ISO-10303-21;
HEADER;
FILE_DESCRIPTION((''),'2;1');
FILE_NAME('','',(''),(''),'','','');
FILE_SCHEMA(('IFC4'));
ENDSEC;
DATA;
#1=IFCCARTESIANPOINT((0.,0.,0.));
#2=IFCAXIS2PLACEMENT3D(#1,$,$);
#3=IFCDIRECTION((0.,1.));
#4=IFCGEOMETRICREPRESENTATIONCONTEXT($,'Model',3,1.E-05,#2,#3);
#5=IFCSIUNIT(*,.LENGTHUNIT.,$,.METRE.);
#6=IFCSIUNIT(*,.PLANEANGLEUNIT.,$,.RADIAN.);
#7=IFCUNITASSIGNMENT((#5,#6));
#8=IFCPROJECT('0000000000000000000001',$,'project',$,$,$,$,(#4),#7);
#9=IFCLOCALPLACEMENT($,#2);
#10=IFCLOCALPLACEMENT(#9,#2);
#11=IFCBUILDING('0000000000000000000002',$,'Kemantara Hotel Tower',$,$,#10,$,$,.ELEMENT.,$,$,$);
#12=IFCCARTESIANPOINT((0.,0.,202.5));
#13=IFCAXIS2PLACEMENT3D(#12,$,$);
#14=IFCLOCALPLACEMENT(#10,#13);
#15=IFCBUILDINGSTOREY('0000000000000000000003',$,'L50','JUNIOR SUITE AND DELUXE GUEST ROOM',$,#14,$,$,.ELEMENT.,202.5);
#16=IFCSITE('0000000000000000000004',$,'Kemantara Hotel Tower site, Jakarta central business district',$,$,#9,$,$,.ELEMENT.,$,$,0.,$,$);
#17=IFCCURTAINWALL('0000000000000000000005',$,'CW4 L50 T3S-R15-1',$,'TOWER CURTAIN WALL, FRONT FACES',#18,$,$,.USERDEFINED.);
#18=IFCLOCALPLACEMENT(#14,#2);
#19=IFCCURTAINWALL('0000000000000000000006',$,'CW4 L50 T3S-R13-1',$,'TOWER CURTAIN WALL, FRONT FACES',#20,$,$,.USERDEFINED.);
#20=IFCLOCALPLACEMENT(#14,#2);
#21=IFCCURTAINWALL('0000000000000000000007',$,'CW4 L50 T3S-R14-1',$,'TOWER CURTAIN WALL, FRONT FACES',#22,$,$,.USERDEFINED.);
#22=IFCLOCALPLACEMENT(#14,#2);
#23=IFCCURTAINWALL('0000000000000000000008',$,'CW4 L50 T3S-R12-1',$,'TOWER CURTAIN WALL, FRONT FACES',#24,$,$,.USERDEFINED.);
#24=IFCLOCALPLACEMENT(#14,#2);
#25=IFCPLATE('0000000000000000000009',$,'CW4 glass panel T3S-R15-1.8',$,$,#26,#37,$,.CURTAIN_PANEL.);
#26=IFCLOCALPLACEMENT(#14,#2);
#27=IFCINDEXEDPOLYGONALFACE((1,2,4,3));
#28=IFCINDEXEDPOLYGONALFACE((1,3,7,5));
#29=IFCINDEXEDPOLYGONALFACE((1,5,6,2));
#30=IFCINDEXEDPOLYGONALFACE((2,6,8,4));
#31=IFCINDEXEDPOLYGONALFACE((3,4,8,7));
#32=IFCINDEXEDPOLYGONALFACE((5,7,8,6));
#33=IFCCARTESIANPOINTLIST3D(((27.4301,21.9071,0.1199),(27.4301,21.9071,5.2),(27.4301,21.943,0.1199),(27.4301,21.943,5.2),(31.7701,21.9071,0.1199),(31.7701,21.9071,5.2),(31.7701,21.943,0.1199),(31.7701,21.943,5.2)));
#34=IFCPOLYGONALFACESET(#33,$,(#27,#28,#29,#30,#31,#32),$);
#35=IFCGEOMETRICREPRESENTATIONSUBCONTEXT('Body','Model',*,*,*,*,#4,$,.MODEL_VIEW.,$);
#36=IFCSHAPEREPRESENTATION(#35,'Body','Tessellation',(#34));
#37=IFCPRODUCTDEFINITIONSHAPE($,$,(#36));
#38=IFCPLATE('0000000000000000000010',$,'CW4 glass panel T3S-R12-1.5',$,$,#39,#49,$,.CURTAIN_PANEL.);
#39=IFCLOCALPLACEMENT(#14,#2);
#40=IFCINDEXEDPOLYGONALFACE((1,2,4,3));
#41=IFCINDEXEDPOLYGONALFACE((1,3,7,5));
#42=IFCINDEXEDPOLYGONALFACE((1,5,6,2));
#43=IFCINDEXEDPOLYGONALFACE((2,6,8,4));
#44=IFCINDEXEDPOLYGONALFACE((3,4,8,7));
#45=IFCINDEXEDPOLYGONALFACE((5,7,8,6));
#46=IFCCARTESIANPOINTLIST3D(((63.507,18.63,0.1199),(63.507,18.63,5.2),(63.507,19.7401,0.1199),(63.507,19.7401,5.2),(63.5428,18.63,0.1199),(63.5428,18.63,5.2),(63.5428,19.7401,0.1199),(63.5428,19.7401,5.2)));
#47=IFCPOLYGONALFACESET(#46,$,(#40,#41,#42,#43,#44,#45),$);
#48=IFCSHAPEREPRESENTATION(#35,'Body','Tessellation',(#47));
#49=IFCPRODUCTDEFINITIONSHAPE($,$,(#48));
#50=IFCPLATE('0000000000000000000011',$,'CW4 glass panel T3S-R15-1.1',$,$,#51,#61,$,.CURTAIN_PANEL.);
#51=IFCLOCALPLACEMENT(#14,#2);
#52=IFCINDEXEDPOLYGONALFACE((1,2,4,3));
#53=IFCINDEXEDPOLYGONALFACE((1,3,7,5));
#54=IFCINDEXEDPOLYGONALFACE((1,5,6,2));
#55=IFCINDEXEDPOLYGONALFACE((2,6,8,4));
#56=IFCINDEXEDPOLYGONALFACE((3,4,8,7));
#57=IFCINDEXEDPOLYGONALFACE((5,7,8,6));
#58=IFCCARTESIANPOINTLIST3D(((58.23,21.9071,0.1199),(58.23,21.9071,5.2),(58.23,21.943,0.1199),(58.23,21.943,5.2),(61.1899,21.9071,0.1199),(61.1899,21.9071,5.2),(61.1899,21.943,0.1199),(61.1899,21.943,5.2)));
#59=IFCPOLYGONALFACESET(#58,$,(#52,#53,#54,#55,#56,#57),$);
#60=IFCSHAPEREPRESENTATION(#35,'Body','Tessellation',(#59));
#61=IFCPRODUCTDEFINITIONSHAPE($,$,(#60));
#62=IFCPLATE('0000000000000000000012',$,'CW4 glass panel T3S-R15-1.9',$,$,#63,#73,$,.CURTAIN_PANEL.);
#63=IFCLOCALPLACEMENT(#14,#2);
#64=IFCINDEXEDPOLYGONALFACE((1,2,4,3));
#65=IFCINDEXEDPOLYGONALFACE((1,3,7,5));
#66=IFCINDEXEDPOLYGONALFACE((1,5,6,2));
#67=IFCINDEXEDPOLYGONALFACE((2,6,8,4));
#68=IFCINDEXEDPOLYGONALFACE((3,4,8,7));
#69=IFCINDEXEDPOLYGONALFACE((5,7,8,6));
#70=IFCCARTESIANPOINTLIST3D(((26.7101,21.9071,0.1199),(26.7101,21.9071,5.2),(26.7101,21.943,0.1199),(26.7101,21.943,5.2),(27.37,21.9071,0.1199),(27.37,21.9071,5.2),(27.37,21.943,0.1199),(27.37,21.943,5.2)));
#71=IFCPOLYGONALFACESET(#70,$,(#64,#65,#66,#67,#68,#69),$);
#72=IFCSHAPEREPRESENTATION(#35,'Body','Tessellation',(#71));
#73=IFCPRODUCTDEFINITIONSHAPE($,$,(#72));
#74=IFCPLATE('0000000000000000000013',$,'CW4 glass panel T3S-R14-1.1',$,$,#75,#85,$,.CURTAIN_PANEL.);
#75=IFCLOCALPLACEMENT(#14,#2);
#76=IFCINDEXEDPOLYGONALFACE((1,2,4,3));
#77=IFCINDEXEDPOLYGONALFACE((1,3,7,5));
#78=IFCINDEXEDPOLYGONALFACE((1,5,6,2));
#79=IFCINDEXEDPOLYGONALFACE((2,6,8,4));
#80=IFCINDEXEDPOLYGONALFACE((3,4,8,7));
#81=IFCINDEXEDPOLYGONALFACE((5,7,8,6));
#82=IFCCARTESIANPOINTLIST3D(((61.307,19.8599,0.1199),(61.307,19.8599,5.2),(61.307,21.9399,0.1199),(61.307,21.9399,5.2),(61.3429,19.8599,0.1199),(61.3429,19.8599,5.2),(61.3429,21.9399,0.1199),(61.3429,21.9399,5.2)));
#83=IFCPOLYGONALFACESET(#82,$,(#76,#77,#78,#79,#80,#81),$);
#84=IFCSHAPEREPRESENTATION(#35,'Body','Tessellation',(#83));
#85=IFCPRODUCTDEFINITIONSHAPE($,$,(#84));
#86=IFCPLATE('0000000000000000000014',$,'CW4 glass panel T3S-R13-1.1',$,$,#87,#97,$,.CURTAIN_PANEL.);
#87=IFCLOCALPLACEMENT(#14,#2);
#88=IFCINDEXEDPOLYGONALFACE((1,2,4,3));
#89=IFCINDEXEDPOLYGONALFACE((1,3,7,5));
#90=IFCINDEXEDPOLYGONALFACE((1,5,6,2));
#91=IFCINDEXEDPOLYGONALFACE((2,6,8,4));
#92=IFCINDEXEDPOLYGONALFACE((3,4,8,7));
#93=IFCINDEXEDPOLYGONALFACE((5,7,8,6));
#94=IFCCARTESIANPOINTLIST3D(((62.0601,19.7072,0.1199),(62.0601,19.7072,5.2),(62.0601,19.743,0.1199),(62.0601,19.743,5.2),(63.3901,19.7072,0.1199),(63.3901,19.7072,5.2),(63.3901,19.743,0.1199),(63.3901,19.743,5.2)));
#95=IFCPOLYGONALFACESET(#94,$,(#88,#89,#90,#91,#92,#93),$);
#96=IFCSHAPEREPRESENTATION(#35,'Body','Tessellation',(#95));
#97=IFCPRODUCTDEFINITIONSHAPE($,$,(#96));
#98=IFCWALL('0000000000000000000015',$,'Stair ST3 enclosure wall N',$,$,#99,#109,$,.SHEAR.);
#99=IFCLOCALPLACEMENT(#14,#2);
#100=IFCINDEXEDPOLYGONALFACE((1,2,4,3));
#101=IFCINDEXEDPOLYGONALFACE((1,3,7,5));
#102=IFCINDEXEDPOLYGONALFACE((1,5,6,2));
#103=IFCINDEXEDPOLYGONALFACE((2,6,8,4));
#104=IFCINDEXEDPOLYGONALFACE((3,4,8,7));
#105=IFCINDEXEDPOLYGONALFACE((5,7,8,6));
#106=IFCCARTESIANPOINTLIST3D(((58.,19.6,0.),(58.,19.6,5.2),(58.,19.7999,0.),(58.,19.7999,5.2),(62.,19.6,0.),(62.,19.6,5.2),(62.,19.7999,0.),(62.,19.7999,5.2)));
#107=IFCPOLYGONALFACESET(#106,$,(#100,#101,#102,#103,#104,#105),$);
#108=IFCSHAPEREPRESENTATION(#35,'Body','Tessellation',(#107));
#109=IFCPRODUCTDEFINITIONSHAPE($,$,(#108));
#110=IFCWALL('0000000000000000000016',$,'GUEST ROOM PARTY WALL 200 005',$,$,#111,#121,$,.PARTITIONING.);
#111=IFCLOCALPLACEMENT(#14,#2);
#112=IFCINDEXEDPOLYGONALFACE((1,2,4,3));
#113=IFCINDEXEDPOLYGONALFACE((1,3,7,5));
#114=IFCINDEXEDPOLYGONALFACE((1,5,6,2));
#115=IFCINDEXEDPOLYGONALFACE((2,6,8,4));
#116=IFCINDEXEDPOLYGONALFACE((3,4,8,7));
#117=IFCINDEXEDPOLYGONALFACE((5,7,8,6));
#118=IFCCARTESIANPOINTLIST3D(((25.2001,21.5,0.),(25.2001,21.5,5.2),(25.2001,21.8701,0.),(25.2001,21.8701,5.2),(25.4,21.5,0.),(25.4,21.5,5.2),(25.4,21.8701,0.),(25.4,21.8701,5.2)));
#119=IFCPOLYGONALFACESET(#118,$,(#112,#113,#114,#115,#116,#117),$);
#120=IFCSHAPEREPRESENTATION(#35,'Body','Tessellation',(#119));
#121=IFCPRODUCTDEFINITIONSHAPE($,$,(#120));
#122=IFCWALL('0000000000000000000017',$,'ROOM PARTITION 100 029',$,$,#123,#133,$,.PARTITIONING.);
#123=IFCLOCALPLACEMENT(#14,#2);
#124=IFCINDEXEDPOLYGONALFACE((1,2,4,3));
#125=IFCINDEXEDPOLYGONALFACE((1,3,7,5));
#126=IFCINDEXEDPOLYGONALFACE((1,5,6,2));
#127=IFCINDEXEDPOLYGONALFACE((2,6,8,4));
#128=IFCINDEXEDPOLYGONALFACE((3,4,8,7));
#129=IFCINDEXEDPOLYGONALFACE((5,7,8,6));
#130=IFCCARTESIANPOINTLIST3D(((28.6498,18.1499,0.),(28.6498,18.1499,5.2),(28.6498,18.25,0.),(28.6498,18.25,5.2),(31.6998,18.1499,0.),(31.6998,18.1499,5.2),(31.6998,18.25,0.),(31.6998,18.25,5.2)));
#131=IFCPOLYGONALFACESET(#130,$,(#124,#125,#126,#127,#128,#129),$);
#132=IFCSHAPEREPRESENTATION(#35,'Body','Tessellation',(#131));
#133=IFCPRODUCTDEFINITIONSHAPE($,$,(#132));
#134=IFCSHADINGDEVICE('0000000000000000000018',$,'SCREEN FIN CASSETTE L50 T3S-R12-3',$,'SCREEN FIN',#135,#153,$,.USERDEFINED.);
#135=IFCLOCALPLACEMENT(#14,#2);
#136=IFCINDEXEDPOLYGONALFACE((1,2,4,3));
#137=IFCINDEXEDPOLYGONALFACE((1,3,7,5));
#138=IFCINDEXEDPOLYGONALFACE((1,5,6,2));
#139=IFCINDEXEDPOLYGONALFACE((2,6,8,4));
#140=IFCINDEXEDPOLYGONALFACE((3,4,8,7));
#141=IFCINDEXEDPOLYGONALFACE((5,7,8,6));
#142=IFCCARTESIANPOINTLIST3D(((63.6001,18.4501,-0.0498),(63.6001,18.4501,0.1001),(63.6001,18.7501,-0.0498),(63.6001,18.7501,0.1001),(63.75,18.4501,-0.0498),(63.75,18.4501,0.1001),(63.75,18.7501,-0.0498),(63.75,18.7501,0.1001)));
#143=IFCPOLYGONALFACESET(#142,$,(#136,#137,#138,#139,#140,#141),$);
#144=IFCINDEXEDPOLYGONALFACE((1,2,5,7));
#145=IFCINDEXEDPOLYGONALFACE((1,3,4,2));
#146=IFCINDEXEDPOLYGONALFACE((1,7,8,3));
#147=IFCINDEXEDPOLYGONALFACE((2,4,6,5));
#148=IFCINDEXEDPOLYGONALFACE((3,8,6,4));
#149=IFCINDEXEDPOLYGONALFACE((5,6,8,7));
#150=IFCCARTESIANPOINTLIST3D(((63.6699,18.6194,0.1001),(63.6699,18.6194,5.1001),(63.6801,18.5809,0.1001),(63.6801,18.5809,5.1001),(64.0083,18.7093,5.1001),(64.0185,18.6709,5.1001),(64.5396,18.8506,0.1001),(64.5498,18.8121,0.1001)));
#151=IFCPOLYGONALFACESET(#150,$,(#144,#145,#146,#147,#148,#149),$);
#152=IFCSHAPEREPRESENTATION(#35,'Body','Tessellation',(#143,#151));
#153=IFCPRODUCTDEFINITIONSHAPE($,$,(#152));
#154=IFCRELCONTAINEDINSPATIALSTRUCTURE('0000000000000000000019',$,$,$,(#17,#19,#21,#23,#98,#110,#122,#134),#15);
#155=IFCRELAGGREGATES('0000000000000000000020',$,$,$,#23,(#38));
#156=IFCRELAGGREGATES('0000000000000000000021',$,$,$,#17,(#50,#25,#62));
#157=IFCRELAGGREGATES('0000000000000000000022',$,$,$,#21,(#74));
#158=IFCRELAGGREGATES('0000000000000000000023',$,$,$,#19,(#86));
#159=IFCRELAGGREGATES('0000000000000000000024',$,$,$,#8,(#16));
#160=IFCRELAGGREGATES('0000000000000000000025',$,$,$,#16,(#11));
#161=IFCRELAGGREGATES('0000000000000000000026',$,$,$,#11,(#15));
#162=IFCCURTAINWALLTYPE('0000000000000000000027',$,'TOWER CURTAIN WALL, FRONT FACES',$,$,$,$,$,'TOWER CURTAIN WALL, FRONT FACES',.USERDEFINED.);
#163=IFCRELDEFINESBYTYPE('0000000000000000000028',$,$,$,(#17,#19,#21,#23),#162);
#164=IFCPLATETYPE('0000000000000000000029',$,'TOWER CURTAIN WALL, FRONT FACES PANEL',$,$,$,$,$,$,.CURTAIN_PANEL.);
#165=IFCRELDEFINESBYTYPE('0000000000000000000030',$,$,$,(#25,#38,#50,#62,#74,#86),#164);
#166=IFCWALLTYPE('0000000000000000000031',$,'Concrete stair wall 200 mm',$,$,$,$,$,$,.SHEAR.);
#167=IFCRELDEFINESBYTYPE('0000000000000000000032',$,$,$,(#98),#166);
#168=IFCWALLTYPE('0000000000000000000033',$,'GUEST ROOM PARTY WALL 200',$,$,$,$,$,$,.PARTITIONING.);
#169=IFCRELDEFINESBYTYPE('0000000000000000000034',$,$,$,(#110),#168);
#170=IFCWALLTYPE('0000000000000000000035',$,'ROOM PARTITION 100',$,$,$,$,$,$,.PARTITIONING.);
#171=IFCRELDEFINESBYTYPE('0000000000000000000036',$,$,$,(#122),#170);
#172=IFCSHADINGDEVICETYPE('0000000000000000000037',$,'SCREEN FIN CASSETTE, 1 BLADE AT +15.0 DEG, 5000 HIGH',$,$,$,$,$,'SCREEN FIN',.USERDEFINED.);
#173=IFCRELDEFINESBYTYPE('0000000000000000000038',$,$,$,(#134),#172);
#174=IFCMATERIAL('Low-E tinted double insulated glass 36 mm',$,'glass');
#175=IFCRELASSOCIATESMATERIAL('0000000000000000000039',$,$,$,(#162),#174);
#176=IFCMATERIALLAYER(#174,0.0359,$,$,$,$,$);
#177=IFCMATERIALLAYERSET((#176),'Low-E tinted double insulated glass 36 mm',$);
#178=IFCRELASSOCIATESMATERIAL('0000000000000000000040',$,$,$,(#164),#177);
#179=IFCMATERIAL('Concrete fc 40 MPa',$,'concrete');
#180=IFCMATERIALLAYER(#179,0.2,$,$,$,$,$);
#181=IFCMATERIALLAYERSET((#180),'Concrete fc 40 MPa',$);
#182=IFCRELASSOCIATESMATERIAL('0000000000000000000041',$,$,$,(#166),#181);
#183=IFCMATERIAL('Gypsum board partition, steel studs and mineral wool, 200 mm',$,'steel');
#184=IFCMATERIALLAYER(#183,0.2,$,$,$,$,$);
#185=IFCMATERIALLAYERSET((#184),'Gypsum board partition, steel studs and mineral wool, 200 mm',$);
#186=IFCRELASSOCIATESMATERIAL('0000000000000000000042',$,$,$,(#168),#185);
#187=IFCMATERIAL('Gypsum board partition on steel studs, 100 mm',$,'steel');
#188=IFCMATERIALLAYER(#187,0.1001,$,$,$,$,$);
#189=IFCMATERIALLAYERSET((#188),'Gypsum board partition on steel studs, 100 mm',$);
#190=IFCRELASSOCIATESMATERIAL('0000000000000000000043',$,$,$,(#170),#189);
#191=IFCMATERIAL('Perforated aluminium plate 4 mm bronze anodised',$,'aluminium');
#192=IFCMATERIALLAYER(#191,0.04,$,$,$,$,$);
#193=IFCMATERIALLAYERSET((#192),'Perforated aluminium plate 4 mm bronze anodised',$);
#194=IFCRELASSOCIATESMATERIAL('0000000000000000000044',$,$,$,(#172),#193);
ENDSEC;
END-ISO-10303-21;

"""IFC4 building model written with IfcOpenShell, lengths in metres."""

from ifc_helpers import new_model, si_unit, direction, frame, frame_2d, origin, origin_2d, place, context, subcontext, project, spatial, polyline, rectangle, outline, extrude, source, transform, mapped, material, layer, layer_set, type_object, element, aggregate, save


model = new_model("IFC4")

# Units and contexts
model_context = context("Model", 3, precision=1e-05, world=origin(), true_north=direction((0.0, 1.0)))
body_context = subcontext(model_context, "Body", "Model", "MODEL_VIEW")
ifc_project = project(units=[si_unit("LENGTHUNIT", "METRE"), si_unit("PLANEANGLEUNIT", "RADIAN")], contexts=[model_context])

# Site, building, storey
site_placement = place(None, origin())
site = spatial("IfcSite", under=ifc_project, at=site_placement, Name="Kemantara Hotel Tower site, Jakarta central business district", CompositionType="ELEMENT", RefElevation=0.0)
building_placement = place(site_placement, origin())
building = spatial("IfcBuilding", under=site, at=building_placement, Name="Kemantara Hotel Tower", CompositionType="ELEMENT")
storey_placement = place(building_placement, frame((0.0, 0.0, 202.5)))
storey = spatial("IfcBuildingStorey", under=building, at=storey_placement, Name="L50", Description="JUNIOR SUITE AND DELUXE GUEST ROOM", CompositionType="ELEMENT", Elevation=202.5)

# Curtain walls
ifc_material_1 = material(Name="Low-E tinted double insulated glass 36 mm", Category="glass")
curtain_wall_type = type_object("IfcCurtainWallType", Name="TOWER CURTAIN WALL, FRONT FACES", ElementType="TOWER CURTAIN WALL, FRONT FACES", PredefinedType="USERDEFINED", material=ifc_material_1)
curtain_wall_1_placement = place(storey_placement, origin())
curtain_wall_1 = element("IfcCurtainWall", 1, at=curtain_wall_1_placement, inside=storey, type_object=curtain_wall_type, Name="CW4 L50 T3S-R15-1", ObjectType="TOWER CURTAIN WALL, FRONT FACES", PredefinedType="USERDEFINED")
curtain_wall_2_placement = place(storey_placement, origin())
curtain_wall_2 = element("IfcCurtainWall", 2, at=curtain_wall_2_placement, inside=storey, type_object=curtain_wall_type, Name="CW4 L50 T3S-R13-1", ObjectType="TOWER CURTAIN WALL, FRONT FACES", PredefinedType="USERDEFINED")
curtain_wall_3_placement = place(storey_placement, origin())
curtain_wall_3 = element("IfcCurtainWall", 3, at=curtain_wall_3_placement, inside=storey, type_object=curtain_wall_type, Name="CW4 L50 T3S-R14-1", ObjectType="TOWER CURTAIN WALL, FRONT FACES", PredefinedType="USERDEFINED")

# Curtain wall
curtain_wall_4_placement = place(storey_placement, origin())
curtain_wall_4 = element("IfcCurtainWall", 4, at=curtain_wall_4_placement, inside=storey, type_object=curtain_wall_type, Name="CW4 L50 T3S-R12-1", ObjectType="TOWER CURTAIN WALL, FRONT FACES", PredefinedType="USERDEFINED")

# Plates
ifc_layer_1 = layer(ifc_material_1, 0.0359)
ifc_layer_set_1 = layer_set([ifc_layer_1], Name="Low-E tinted double insulated glass 36 mm")
plate_type = type_object("IfcPlateType", Name="TOWER CURTAIN WALL, FRONT FACES PANEL", PredefinedType="CURTAIN_PANEL", material=ifc_layer_set_1)
shared_shape_1 = source(origin(), body_context, "Body", "SweptSolid", [
    extrude(rectangle(XDim=4.3401, YDim=0.0359, at=origin_2d()), origin(), (0.0, 0.0, 1.0), 5.0801),
])
plate_1_placement = place(storey_placement, frame((29.6001, 21.925, 0.1199), z_axis=(0.0, 0.0, 1.0), x_axis=(-1.0, 0.0, 0.0)))
plate_1 = element("IfcPlate", 5, at=plate_1_placement, type_object=plate_type, Name="CW4 glass panel T3S-R15-1.8", PredefinedType="CURTAIN_PANEL", context=body_context, shape_type="MappedRepresentation", body=[
    mapped(shared_shape_1, transform((0.0, 0.0, 0.0))),
])
shared_shape_2 = source(origin(), body_context, "Body", "SweptSolid", [
    extrude(rectangle(XDim=1.1101, YDim=0.0359, at=origin_2d()), origin(), (0.0, 0.0, 1.0), 5.0801),
])
plate_2_placement = place(storey_placement, frame((63.5249, 19.1851, 0.1199), z_axis=(0.0, 0.0, 1.0), x_axis=(0.0, 1.0, 0.0)))
plate_2 = element("IfcPlate", 6, at=plate_2_placement, type_object=plate_type, Name="CW4 glass panel T3S-R12-1.5", PredefinedType="CURTAIN_PANEL", context=body_context, shape_type="MappedRepresentation", body=[
    mapped(shared_shape_2, transform((0.0, 0.0, 0.0))),
])
aggregate(curtain_wall_4, [plate_2])
shared_shape_3 = source(origin(), body_context, "Body", "SweptSolid", [
    extrude(rectangle(XDim=2.96, YDim=0.0359, at=origin_2d()), origin(), (0.0, 0.0, 1.0), 5.0801),
])
plate_3_placement = place(storey_placement, frame((59.71, 21.925, 0.1199), z_axis=(0.0, 0.0, 1.0), x_axis=(-1.0, 0.0, 0.0)))
plate_3 = element("IfcPlate", 7, at=plate_3_placement, type_object=plate_type, Name="CW4 glass panel T3S-R15-1.1", PredefinedType="CURTAIN_PANEL", context=body_context, shape_type="MappedRepresentation", body=[
    mapped(shared_shape_3, transform((0.0, 0.0, 0.0))),
])
shared_shape_4 = source(origin(), body_context, "Body", "SweptSolid", [
    extrude(rectangle(XDim=0.6599, YDim=0.0359, at=origin_2d()), origin(), (0.0, 0.0, 1.0), 5.0801),
])
plate_4_placement = place(storey_placement, frame((27.04, 21.925, 0.1199), z_axis=(0.0, 0.0, 1.0), x_axis=(-1.0, 0.0, 0.0)))
plate_4 = element("IfcPlate", 8, at=plate_4_placement, type_object=plate_type, Name="CW4 glass panel T3S-R15-1.9", PredefinedType="CURTAIN_PANEL", context=body_context, shape_type="MappedRepresentation", body=[
    mapped(shared_shape_4, transform((0.0, 0.0, 0.0))),
])
aggregate(curtain_wall_1, [plate_3, plate_1, plate_4])
shared_shape_5 = source(origin(), body_context, "Body", "SweptSolid", [
    extrude(rectangle(XDim=2.0801, YDim=0.0359, at=origin_2d()), origin(), (0.0, 0.0, 1.0), 5.0801),
])
plate_5_placement = place(storey_placement, frame((61.325, 20.8999, 0.1199), z_axis=(0.0, 0.0, 1.0), x_axis=(0.0, 1.0, 0.0)))
plate_5 = element("IfcPlate", 9, at=plate_5_placement, type_object=plate_type, Name="CW4 glass panel T3S-R14-1.1", PredefinedType="CURTAIN_PANEL", context=body_context, shape_type="MappedRepresentation", body=[
    mapped(shared_shape_5, transform((0.0, 0.0, 0.0))),
])
aggregate(curtain_wall_3, [plate_5])
shared_shape_6 = source(origin(), body_context, "Body", "SweptSolid", [
    extrude(rectangle(XDim=1.3301, YDim=0.0359, at=origin_2d()), origin(), (0.0, 0.0, 1.0), 5.0801),
])
plate_6_placement = place(storey_placement, frame((62.7251, 19.7251, 0.1199), z_axis=(0.0, 0.0, 1.0), x_axis=(-1.0, 0.0, 0.0)))
plate_6 = element("IfcPlate", 10, at=plate_6_placement, type_object=plate_type, Name="CW4 glass panel T3S-R13-1.1", PredefinedType="CURTAIN_PANEL", context=body_context, shape_type="MappedRepresentation", body=[
    mapped(shared_shape_6, transform((0.0, 0.0, 0.0))),
])
aggregate(curtain_wall_2, [plate_6])

# Walls
ifc_material_2 = material(Name="Concrete fc 40 MPa", Category="concrete")
ifc_layer_2 = layer(ifc_material_2, 0.2)
ifc_layer_set_2 = layer_set([ifc_layer_2], Name="Concrete fc 40 MPa")
wall_type_1 = type_object("IfcWallType", Name="Concrete stair wall 200 mm", PredefinedType="SHEAR", material=ifc_layer_set_2)
wall_1_placement = place(storey_placement, frame((58.0, 19.7, 0.0), z_axis=(0.0, 0.0, 1.0), x_axis=(1.0, 0.0, 0.0)))
element("IfcWall", 11, at=wall_1_placement, inside=storey, type_object=wall_type_1, Name="Stair ST3 enclosure wall N", PredefinedType="SHEAR", context=body_context, shape_type="SweptSolid", body=[
    extrude(rectangle(XDim=4.0, YDim=0.2, at=frame_2d((2.0, 0.0))), origin(), (0.0, 0.0, 1.0), 5.2),
])
ifc_material_3 = material(Name="Gypsum board partition, steel studs and mineral wool, 200 mm", Category="steel")
ifc_layer_3 = layer(ifc_material_3, 0.2)
ifc_layer_set_3 = layer_set([ifc_layer_3], Name="Gypsum board partition, steel studs and mineral wool, 200 mm")
wall_type_2 = type_object("IfcWallType", Name="GUEST ROOM PARTY WALL 200", PredefinedType="PARTITIONING", material=ifc_layer_set_3)
wall_2_placement = place(storey_placement, frame((25.3, 21.5, 0.0), z_axis=(0.0, 0.0, 1.0), x_axis=(0.0, 1.0, 0.0)))
element("IfcWall", 12, at=wall_2_placement, inside=storey, type_object=wall_type_2, Name="GUEST ROOM PARTY WALL 200 005", PredefinedType="PARTITIONING", context=body_context, shape_type="SweptSolid", body=[
    extrude(rectangle(XDim=0.3701, YDim=0.2, at=frame_2d((0.1851, 0.0))), origin(), (0.0, 0.0, 1.0), 5.2),
])
ifc_material_4 = material(Name="Gypsum board partition on steel studs, 100 mm", Category="steel")
ifc_layer_4 = layer(ifc_material_4, 0.1001)
ifc_layer_set_4 = layer_set([ifc_layer_4], Name="Gypsum board partition on steel studs, 100 mm")
wall_type_3 = type_object("IfcWallType", Name="ROOM PARTITION 100", PredefinedType="PARTITIONING", material=ifc_layer_set_4)
wall_3_placement = place(storey_placement, frame((28.6499, 18.2, 0.0), z_axis=(0.0, 0.0, 1.0), x_axis=(1.0, 0.0, 0.0)))
element("IfcWall", 13, at=wall_3_placement, inside=storey, type_object=wall_type_3, Name="ROOM PARTITION 100 029", PredefinedType="PARTITIONING", context=body_context, shape_type="SweptSolid", body=[
    extrude(rectangle(XDim=3.05, YDim=0.1001, at=frame_2d((1.5249, 0.0))), origin(), (0.0, 0.0, 1.0), 5.2),
])

# Shading device
ifc_material_5 = material(Name="Perforated aluminium plate 4 mm bronze anodised", Category="aluminium")
ifc_layer_5 = layer(ifc_material_5, 0.04)
ifc_layer_set_5 = layer_set([ifc_layer_5], Name="Perforated aluminium plate 4 mm bronze anodised")
shading_device_type = type_object("IfcShadingDeviceType", Name="SCREEN FIN CASSETTE, 1 BLADE AT +15.0 DEG, 5000 HIGH", ElementType="SCREEN FIN", PredefinedType="USERDEFINED", material=ifc_layer_set_5)
shared_shape_7 = source(origin(), body_context, "Body", "SweptSolid", [
    extrude(rectangle(XDim=0.3, YDim=0.1499, at=origin_2d()), frame((0.0, -0.075, -0.1499), z_axis=(0.0, 0.0, 1.0), x_axis=(1.0, 0.0, 0.0)), (0.0, 0.0, 1.0), 0.1499),
    extrude(outline(polyline([(0.0, 0.0), (0.8999, 0.0), (0.3501, 5.0), (0.0, 5.0), (0.0, 0.0)])), frame((0.0193, -0.0698, 0.0), z_axis=(-0.966438, -0.256901, 0.0), x_axis=(0.256901, -0.966438, 0.0)), (0.0, 0.0, 1.0), 0.0398),
])
shading_device_placement = place(storey_placement, frame((63.6001, 18.6001, 0.1001), z_axis=(0.0, 0.0, 1.0), x_axis=(0.0, 1.0, 0.0)))
element("IfcShadingDevice", 14, at=shading_device_placement, inside=storey, type_object=shading_device_type, Name="SCREEN FIN CASSETTE L50 T3S-R12-3", ObjectType="SCREEN FIN", PredefinedType="USERDEFINED", context=body_context, shape_type="MappedRepresentation", body=[
    mapped(shared_shape_7, transform((0.0, 0.0, 0.0))),
])

save(model, "model.ifc")
